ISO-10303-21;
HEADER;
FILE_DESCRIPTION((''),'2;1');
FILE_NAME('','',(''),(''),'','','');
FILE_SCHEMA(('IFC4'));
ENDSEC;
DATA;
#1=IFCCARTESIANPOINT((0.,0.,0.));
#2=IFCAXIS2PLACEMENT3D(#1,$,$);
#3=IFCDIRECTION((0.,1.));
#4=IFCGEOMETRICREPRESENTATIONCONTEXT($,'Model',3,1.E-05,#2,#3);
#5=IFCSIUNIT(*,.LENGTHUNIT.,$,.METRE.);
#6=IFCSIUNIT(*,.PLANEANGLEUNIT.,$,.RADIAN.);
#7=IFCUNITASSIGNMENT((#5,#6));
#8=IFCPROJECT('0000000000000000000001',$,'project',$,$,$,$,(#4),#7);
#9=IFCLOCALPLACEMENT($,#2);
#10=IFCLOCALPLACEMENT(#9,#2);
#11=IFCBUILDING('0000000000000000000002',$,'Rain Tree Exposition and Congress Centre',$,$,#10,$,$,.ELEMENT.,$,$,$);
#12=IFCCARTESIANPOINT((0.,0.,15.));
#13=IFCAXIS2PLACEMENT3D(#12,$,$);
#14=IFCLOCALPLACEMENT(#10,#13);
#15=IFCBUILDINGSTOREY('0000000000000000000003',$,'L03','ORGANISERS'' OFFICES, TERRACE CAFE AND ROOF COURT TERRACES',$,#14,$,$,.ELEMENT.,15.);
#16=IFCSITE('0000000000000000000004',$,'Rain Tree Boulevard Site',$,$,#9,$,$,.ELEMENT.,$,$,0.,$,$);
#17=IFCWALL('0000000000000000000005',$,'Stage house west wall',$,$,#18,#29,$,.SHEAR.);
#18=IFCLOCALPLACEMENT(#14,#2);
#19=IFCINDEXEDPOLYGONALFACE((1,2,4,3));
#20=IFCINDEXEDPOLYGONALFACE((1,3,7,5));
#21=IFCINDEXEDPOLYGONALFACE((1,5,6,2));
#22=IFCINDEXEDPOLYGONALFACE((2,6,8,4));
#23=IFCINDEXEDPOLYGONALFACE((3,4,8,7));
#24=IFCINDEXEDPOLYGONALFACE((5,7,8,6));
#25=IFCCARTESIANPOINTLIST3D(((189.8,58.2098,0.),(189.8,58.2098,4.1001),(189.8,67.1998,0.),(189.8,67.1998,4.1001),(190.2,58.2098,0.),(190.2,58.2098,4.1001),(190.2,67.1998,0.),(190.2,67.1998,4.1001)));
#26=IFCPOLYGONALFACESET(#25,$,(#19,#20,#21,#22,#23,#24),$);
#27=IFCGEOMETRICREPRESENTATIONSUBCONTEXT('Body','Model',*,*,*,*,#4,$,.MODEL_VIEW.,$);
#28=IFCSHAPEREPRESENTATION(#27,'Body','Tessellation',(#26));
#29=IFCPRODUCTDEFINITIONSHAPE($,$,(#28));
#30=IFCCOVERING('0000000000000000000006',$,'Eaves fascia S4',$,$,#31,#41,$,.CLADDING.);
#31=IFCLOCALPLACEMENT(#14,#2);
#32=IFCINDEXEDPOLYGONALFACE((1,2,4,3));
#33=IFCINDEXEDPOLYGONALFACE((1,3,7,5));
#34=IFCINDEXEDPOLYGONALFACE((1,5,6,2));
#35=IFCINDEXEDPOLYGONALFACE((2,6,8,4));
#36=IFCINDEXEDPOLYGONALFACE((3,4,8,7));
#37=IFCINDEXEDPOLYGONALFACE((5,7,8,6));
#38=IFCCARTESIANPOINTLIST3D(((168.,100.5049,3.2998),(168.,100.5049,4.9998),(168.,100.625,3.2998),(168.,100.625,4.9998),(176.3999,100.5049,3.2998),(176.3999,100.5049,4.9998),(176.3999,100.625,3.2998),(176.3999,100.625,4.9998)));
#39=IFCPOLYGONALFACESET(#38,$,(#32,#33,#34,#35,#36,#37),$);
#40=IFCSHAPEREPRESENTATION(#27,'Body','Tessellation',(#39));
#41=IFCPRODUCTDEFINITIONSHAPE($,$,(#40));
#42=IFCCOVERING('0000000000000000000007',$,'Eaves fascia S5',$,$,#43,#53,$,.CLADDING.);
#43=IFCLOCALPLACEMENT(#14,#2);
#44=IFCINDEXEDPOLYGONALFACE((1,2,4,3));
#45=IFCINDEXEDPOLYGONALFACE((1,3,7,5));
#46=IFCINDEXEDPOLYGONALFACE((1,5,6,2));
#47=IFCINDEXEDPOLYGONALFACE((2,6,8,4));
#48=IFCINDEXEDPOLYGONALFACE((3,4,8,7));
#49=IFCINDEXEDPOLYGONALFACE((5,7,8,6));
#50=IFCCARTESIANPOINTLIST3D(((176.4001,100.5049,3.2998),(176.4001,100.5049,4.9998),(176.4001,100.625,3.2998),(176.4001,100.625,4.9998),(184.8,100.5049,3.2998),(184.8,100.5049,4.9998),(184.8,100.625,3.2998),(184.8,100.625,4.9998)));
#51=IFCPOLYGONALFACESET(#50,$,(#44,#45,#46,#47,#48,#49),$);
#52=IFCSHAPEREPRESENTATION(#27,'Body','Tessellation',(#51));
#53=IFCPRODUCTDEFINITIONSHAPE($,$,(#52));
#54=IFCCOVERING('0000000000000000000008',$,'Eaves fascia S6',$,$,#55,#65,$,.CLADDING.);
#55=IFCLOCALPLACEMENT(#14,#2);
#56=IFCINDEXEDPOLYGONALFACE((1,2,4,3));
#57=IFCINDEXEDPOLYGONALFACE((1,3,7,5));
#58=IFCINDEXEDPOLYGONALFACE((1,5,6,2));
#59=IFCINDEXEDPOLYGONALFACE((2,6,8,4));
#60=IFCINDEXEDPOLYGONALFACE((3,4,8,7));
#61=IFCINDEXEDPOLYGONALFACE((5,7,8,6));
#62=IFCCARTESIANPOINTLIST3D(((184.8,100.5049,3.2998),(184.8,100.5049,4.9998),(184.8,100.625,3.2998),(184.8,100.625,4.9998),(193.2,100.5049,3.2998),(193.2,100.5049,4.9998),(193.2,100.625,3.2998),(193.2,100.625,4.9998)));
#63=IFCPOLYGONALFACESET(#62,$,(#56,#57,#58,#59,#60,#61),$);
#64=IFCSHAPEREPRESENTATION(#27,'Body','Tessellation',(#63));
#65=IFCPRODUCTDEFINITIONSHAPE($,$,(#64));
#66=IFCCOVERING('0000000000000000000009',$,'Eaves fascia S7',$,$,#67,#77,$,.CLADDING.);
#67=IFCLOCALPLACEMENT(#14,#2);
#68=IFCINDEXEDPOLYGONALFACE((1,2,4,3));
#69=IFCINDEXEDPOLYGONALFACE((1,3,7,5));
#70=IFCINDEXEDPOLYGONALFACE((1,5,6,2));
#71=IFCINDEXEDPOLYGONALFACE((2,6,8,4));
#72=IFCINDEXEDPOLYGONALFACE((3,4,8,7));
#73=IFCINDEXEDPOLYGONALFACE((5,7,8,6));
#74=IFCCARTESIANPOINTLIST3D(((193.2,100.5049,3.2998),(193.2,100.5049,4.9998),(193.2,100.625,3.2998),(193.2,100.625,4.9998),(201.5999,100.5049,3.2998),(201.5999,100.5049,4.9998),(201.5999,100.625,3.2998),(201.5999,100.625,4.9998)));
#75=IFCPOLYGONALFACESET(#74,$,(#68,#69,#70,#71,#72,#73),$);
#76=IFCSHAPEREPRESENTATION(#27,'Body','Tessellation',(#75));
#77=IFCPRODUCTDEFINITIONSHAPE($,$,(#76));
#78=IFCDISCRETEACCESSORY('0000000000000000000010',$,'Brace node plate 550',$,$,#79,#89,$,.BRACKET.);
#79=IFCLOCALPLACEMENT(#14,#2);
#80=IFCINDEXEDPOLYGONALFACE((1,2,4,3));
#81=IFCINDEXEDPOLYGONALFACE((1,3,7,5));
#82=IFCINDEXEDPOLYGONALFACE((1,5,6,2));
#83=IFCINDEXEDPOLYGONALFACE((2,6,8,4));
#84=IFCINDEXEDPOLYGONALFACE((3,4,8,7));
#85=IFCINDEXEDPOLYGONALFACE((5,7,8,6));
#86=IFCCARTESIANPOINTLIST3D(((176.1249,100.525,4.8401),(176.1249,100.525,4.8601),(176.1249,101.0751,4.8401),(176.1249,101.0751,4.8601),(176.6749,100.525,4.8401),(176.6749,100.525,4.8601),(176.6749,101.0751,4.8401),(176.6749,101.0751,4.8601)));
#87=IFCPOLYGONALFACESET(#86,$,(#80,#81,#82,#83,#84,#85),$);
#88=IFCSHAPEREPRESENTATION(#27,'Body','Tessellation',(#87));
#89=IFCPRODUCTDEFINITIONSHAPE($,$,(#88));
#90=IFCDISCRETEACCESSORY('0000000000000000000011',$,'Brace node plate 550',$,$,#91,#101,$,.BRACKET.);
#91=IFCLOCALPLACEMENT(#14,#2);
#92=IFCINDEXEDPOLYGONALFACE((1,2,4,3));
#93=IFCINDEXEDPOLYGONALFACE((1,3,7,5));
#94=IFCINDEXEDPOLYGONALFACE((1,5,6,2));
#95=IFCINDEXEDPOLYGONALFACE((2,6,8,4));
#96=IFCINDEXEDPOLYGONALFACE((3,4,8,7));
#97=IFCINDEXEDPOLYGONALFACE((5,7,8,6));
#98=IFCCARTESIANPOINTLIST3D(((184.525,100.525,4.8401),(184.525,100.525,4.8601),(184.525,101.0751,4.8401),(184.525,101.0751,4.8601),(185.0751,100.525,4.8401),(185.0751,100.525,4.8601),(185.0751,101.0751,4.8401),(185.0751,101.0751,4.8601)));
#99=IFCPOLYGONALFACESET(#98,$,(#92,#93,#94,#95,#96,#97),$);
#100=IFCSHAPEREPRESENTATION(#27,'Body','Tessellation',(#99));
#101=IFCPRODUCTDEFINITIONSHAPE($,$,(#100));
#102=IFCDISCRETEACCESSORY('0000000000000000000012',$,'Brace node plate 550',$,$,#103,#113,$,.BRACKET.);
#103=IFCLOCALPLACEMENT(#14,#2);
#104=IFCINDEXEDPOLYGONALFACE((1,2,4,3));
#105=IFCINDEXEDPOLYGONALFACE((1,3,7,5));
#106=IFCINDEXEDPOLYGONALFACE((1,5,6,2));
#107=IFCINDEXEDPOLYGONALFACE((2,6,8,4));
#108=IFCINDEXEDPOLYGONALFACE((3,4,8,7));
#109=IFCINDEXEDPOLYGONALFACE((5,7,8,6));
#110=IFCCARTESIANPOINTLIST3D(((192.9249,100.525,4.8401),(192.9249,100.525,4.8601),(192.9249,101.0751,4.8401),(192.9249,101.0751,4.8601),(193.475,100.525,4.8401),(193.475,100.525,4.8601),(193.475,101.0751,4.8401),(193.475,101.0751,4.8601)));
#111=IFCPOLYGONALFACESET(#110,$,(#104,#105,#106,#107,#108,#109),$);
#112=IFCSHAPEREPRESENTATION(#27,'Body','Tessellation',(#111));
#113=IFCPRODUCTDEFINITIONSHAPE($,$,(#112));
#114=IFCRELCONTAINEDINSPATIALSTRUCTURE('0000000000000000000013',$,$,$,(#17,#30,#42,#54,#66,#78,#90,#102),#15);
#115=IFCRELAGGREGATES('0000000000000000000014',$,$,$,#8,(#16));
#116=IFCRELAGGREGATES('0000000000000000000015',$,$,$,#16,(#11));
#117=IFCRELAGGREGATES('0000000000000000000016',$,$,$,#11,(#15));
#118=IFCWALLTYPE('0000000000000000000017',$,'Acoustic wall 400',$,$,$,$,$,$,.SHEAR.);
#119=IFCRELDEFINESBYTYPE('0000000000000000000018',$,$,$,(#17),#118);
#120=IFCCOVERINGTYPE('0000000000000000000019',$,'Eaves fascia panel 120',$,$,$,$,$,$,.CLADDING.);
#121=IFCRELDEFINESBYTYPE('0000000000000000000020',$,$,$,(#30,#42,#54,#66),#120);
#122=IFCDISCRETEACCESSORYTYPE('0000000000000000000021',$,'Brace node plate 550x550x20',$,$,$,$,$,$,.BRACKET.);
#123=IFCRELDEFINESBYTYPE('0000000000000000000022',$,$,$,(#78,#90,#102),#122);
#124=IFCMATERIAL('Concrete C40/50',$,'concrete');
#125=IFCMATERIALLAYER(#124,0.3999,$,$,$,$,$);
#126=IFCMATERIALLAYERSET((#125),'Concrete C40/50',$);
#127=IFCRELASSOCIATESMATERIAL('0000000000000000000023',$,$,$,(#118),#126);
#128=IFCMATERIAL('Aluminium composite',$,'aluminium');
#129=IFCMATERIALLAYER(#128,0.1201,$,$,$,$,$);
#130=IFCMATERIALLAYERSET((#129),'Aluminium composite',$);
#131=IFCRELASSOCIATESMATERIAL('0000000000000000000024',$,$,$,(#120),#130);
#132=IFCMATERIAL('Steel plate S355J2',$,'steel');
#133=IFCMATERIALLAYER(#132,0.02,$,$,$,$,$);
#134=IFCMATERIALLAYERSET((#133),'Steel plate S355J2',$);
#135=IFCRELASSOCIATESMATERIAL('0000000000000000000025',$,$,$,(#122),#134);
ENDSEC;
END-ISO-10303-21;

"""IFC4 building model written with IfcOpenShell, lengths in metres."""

from ifc_helpers import new_model, si_unit, direction, frame, frame_2d, origin, origin_2d, place, context, subcontext, project, spatial, rectangle, extrude, material, layer, layer_set, type_object, element, save


model = new_model("IFC4")

# Units and contexts
model_context = context("Model", 3, precision=1e-05, world=origin(), true_north=direction((0.0, 1.0)))
body_context = subcontext(model_context, "Body", "Model", "MODEL_VIEW")
ifc_project = project(units=[si_unit("LENGTHUNIT", "METRE"), si_unit("PLANEANGLEUNIT", "RADIAN")], contexts=[model_context])

# Site, building, storey
site_placement = place(None, origin())
site = spatial("IfcSite", under=ifc_project, at=site_placement, Name="Rain Tree Boulevard Site", CompositionType="ELEMENT", RefElevation=0.0)
building_placement = place(site_placement, origin())
building = spatial("IfcBuilding", under=site, at=building_placement, Name="Rain Tree Exposition and Congress Centre", CompositionType="ELEMENT")
storey_placement = place(building_placement, frame((0.0, 0.0, 15.0)))
storey = spatial("IfcBuildingStorey", under=building, at=storey_placement, Name="L03", Description="ORGANISERS' OFFICES, TERRACE CAFE AND ROOF COURT TERRACES", CompositionType="ELEMENT", Elevation=15.0)

# Wall
ifc_material_1 = material(Name="Concrete C40/50", Category="concrete")
ifc_layer_1 = layer(ifc_material_1, 0.3999)
ifc_layer_set_1 = layer_set([ifc_layer_1], Name="Concrete C40/50")
wall_type = type_object("IfcWallType", Name="Acoustic wall 400", PredefinedType="SHEAR", material=ifc_layer_set_1)
wall_1_placement = place(storey_placement, frame((190.0, 67.2, 0.0), z_axis=(0.0, 0.0, 1.0), x_axis=(0.0, -1.0, 0.0)))
element("IfcWall", 1, at=wall_1_placement, inside=storey, type_object=wall_type, Name="Stage house west wall", PredefinedType="SHEAR", context=body_context, shape_type="SweptSolid", body=[
    extrude(rectangle(XDim=8.99, YDim=0.3999, at=frame_2d((4.4951, 0.0))), origin(), (0.0, 0.0, 1.0), 4.1001),
])

# Coverings
ifc_material_2 = material(Name="Aluminium composite", Category="aluminium")
ifc_layer_2 = layer(ifc_material_2, 0.1201)
ifc_layer_set_2 = layer_set([ifc_layer_2], Name="Aluminium composite")
covering_type = type_object("IfcCoveringType", Name="Eaves fascia panel 120", PredefinedType="CLADDING", material=ifc_layer_set_2)
for number, where, z_axis, x_axis, name in (
    (2, (172.2, 100.5649, 3.2998), (0.0, 0.0, 1.0), (1.0, 0.0, 0.0), "Eaves fascia S4"),
    (3, (180.6001, 100.5649, 3.2998), (0.0, 0.0, 1.0), (1.0, 0.0, 0.0), "Eaves fascia S5"),
    (4, (189.0, 100.5649, 3.2998), (0.0, 0.0, 1.0), (1.0, 0.0, 0.0), "Eaves fascia S6"),
    (5, (197.3999, 100.5649, 3.2998), (0.0, 0.0, 1.0), (1.0, 0.0, 0.0), "Eaves fascia S7"),
):
    element("IfcCovering", number, at=place(storey_placement, frame(where, z_axis=z_axis, x_axis=x_axis)), inside=storey, type_object=covering_type, Name=name, PredefinedType="CLADDING", context=body_context, shape_type="SweptSolid", body=[
        extrude(rectangle(XDim=8.3999, YDim=0.1201, at=origin_2d()), origin(), (0.0, 0.0, 1.0), 1.7),
    ])

# Discrete accessories
ifc_material_3 = material(Name="Steel plate S355J2", Category="steel")
ifc_layer_3 = layer(ifc_material_3, 0.02)
ifc_layer_set_3 = layer_set([ifc_layer_3], Name="Steel plate S355J2")
discrete_accessory_type = type_object("IfcDiscreteAccessoryType", Name="Brace node plate 550x550x20", PredefinedType="BRACKET", material=ifc_layer_set_3)
for number, where, z_axis, x_axis, name in (
    (6, (176.3999, 100.8, 4.8401), (0.0, 0.0, 1.0), (1.0, 0.0, 0.0), "Brace node plate 550"),
    (7, (184.8, 100.8, 4.8401), (0.0, 0.0, 1.0), (1.0, 0.0, 0.0), "Brace node plate 550"),
    (8, (193.2, 100.8, 4.8401), (0.0, 0.0, 1.0), (1.0, 0.0, 0.0), "Brace node plate 550"),
):
    element("IfcDiscreteAccessory", number, at=place(storey_placement, frame(where, z_axis=z_axis, x_axis=x_axis)), inside=storey, type_object=discrete_accessory_type, Name=name, PredefinedType="BRACKET", context=body_context, shape_type="SweptSolid", body=[
        extrude(rectangle(XDim=0.55, YDim=0.55, at=origin_2d()), origin(), (0.0, 0.0, 1.0), 0.02),
    ])

save(model, "model.ifc")
